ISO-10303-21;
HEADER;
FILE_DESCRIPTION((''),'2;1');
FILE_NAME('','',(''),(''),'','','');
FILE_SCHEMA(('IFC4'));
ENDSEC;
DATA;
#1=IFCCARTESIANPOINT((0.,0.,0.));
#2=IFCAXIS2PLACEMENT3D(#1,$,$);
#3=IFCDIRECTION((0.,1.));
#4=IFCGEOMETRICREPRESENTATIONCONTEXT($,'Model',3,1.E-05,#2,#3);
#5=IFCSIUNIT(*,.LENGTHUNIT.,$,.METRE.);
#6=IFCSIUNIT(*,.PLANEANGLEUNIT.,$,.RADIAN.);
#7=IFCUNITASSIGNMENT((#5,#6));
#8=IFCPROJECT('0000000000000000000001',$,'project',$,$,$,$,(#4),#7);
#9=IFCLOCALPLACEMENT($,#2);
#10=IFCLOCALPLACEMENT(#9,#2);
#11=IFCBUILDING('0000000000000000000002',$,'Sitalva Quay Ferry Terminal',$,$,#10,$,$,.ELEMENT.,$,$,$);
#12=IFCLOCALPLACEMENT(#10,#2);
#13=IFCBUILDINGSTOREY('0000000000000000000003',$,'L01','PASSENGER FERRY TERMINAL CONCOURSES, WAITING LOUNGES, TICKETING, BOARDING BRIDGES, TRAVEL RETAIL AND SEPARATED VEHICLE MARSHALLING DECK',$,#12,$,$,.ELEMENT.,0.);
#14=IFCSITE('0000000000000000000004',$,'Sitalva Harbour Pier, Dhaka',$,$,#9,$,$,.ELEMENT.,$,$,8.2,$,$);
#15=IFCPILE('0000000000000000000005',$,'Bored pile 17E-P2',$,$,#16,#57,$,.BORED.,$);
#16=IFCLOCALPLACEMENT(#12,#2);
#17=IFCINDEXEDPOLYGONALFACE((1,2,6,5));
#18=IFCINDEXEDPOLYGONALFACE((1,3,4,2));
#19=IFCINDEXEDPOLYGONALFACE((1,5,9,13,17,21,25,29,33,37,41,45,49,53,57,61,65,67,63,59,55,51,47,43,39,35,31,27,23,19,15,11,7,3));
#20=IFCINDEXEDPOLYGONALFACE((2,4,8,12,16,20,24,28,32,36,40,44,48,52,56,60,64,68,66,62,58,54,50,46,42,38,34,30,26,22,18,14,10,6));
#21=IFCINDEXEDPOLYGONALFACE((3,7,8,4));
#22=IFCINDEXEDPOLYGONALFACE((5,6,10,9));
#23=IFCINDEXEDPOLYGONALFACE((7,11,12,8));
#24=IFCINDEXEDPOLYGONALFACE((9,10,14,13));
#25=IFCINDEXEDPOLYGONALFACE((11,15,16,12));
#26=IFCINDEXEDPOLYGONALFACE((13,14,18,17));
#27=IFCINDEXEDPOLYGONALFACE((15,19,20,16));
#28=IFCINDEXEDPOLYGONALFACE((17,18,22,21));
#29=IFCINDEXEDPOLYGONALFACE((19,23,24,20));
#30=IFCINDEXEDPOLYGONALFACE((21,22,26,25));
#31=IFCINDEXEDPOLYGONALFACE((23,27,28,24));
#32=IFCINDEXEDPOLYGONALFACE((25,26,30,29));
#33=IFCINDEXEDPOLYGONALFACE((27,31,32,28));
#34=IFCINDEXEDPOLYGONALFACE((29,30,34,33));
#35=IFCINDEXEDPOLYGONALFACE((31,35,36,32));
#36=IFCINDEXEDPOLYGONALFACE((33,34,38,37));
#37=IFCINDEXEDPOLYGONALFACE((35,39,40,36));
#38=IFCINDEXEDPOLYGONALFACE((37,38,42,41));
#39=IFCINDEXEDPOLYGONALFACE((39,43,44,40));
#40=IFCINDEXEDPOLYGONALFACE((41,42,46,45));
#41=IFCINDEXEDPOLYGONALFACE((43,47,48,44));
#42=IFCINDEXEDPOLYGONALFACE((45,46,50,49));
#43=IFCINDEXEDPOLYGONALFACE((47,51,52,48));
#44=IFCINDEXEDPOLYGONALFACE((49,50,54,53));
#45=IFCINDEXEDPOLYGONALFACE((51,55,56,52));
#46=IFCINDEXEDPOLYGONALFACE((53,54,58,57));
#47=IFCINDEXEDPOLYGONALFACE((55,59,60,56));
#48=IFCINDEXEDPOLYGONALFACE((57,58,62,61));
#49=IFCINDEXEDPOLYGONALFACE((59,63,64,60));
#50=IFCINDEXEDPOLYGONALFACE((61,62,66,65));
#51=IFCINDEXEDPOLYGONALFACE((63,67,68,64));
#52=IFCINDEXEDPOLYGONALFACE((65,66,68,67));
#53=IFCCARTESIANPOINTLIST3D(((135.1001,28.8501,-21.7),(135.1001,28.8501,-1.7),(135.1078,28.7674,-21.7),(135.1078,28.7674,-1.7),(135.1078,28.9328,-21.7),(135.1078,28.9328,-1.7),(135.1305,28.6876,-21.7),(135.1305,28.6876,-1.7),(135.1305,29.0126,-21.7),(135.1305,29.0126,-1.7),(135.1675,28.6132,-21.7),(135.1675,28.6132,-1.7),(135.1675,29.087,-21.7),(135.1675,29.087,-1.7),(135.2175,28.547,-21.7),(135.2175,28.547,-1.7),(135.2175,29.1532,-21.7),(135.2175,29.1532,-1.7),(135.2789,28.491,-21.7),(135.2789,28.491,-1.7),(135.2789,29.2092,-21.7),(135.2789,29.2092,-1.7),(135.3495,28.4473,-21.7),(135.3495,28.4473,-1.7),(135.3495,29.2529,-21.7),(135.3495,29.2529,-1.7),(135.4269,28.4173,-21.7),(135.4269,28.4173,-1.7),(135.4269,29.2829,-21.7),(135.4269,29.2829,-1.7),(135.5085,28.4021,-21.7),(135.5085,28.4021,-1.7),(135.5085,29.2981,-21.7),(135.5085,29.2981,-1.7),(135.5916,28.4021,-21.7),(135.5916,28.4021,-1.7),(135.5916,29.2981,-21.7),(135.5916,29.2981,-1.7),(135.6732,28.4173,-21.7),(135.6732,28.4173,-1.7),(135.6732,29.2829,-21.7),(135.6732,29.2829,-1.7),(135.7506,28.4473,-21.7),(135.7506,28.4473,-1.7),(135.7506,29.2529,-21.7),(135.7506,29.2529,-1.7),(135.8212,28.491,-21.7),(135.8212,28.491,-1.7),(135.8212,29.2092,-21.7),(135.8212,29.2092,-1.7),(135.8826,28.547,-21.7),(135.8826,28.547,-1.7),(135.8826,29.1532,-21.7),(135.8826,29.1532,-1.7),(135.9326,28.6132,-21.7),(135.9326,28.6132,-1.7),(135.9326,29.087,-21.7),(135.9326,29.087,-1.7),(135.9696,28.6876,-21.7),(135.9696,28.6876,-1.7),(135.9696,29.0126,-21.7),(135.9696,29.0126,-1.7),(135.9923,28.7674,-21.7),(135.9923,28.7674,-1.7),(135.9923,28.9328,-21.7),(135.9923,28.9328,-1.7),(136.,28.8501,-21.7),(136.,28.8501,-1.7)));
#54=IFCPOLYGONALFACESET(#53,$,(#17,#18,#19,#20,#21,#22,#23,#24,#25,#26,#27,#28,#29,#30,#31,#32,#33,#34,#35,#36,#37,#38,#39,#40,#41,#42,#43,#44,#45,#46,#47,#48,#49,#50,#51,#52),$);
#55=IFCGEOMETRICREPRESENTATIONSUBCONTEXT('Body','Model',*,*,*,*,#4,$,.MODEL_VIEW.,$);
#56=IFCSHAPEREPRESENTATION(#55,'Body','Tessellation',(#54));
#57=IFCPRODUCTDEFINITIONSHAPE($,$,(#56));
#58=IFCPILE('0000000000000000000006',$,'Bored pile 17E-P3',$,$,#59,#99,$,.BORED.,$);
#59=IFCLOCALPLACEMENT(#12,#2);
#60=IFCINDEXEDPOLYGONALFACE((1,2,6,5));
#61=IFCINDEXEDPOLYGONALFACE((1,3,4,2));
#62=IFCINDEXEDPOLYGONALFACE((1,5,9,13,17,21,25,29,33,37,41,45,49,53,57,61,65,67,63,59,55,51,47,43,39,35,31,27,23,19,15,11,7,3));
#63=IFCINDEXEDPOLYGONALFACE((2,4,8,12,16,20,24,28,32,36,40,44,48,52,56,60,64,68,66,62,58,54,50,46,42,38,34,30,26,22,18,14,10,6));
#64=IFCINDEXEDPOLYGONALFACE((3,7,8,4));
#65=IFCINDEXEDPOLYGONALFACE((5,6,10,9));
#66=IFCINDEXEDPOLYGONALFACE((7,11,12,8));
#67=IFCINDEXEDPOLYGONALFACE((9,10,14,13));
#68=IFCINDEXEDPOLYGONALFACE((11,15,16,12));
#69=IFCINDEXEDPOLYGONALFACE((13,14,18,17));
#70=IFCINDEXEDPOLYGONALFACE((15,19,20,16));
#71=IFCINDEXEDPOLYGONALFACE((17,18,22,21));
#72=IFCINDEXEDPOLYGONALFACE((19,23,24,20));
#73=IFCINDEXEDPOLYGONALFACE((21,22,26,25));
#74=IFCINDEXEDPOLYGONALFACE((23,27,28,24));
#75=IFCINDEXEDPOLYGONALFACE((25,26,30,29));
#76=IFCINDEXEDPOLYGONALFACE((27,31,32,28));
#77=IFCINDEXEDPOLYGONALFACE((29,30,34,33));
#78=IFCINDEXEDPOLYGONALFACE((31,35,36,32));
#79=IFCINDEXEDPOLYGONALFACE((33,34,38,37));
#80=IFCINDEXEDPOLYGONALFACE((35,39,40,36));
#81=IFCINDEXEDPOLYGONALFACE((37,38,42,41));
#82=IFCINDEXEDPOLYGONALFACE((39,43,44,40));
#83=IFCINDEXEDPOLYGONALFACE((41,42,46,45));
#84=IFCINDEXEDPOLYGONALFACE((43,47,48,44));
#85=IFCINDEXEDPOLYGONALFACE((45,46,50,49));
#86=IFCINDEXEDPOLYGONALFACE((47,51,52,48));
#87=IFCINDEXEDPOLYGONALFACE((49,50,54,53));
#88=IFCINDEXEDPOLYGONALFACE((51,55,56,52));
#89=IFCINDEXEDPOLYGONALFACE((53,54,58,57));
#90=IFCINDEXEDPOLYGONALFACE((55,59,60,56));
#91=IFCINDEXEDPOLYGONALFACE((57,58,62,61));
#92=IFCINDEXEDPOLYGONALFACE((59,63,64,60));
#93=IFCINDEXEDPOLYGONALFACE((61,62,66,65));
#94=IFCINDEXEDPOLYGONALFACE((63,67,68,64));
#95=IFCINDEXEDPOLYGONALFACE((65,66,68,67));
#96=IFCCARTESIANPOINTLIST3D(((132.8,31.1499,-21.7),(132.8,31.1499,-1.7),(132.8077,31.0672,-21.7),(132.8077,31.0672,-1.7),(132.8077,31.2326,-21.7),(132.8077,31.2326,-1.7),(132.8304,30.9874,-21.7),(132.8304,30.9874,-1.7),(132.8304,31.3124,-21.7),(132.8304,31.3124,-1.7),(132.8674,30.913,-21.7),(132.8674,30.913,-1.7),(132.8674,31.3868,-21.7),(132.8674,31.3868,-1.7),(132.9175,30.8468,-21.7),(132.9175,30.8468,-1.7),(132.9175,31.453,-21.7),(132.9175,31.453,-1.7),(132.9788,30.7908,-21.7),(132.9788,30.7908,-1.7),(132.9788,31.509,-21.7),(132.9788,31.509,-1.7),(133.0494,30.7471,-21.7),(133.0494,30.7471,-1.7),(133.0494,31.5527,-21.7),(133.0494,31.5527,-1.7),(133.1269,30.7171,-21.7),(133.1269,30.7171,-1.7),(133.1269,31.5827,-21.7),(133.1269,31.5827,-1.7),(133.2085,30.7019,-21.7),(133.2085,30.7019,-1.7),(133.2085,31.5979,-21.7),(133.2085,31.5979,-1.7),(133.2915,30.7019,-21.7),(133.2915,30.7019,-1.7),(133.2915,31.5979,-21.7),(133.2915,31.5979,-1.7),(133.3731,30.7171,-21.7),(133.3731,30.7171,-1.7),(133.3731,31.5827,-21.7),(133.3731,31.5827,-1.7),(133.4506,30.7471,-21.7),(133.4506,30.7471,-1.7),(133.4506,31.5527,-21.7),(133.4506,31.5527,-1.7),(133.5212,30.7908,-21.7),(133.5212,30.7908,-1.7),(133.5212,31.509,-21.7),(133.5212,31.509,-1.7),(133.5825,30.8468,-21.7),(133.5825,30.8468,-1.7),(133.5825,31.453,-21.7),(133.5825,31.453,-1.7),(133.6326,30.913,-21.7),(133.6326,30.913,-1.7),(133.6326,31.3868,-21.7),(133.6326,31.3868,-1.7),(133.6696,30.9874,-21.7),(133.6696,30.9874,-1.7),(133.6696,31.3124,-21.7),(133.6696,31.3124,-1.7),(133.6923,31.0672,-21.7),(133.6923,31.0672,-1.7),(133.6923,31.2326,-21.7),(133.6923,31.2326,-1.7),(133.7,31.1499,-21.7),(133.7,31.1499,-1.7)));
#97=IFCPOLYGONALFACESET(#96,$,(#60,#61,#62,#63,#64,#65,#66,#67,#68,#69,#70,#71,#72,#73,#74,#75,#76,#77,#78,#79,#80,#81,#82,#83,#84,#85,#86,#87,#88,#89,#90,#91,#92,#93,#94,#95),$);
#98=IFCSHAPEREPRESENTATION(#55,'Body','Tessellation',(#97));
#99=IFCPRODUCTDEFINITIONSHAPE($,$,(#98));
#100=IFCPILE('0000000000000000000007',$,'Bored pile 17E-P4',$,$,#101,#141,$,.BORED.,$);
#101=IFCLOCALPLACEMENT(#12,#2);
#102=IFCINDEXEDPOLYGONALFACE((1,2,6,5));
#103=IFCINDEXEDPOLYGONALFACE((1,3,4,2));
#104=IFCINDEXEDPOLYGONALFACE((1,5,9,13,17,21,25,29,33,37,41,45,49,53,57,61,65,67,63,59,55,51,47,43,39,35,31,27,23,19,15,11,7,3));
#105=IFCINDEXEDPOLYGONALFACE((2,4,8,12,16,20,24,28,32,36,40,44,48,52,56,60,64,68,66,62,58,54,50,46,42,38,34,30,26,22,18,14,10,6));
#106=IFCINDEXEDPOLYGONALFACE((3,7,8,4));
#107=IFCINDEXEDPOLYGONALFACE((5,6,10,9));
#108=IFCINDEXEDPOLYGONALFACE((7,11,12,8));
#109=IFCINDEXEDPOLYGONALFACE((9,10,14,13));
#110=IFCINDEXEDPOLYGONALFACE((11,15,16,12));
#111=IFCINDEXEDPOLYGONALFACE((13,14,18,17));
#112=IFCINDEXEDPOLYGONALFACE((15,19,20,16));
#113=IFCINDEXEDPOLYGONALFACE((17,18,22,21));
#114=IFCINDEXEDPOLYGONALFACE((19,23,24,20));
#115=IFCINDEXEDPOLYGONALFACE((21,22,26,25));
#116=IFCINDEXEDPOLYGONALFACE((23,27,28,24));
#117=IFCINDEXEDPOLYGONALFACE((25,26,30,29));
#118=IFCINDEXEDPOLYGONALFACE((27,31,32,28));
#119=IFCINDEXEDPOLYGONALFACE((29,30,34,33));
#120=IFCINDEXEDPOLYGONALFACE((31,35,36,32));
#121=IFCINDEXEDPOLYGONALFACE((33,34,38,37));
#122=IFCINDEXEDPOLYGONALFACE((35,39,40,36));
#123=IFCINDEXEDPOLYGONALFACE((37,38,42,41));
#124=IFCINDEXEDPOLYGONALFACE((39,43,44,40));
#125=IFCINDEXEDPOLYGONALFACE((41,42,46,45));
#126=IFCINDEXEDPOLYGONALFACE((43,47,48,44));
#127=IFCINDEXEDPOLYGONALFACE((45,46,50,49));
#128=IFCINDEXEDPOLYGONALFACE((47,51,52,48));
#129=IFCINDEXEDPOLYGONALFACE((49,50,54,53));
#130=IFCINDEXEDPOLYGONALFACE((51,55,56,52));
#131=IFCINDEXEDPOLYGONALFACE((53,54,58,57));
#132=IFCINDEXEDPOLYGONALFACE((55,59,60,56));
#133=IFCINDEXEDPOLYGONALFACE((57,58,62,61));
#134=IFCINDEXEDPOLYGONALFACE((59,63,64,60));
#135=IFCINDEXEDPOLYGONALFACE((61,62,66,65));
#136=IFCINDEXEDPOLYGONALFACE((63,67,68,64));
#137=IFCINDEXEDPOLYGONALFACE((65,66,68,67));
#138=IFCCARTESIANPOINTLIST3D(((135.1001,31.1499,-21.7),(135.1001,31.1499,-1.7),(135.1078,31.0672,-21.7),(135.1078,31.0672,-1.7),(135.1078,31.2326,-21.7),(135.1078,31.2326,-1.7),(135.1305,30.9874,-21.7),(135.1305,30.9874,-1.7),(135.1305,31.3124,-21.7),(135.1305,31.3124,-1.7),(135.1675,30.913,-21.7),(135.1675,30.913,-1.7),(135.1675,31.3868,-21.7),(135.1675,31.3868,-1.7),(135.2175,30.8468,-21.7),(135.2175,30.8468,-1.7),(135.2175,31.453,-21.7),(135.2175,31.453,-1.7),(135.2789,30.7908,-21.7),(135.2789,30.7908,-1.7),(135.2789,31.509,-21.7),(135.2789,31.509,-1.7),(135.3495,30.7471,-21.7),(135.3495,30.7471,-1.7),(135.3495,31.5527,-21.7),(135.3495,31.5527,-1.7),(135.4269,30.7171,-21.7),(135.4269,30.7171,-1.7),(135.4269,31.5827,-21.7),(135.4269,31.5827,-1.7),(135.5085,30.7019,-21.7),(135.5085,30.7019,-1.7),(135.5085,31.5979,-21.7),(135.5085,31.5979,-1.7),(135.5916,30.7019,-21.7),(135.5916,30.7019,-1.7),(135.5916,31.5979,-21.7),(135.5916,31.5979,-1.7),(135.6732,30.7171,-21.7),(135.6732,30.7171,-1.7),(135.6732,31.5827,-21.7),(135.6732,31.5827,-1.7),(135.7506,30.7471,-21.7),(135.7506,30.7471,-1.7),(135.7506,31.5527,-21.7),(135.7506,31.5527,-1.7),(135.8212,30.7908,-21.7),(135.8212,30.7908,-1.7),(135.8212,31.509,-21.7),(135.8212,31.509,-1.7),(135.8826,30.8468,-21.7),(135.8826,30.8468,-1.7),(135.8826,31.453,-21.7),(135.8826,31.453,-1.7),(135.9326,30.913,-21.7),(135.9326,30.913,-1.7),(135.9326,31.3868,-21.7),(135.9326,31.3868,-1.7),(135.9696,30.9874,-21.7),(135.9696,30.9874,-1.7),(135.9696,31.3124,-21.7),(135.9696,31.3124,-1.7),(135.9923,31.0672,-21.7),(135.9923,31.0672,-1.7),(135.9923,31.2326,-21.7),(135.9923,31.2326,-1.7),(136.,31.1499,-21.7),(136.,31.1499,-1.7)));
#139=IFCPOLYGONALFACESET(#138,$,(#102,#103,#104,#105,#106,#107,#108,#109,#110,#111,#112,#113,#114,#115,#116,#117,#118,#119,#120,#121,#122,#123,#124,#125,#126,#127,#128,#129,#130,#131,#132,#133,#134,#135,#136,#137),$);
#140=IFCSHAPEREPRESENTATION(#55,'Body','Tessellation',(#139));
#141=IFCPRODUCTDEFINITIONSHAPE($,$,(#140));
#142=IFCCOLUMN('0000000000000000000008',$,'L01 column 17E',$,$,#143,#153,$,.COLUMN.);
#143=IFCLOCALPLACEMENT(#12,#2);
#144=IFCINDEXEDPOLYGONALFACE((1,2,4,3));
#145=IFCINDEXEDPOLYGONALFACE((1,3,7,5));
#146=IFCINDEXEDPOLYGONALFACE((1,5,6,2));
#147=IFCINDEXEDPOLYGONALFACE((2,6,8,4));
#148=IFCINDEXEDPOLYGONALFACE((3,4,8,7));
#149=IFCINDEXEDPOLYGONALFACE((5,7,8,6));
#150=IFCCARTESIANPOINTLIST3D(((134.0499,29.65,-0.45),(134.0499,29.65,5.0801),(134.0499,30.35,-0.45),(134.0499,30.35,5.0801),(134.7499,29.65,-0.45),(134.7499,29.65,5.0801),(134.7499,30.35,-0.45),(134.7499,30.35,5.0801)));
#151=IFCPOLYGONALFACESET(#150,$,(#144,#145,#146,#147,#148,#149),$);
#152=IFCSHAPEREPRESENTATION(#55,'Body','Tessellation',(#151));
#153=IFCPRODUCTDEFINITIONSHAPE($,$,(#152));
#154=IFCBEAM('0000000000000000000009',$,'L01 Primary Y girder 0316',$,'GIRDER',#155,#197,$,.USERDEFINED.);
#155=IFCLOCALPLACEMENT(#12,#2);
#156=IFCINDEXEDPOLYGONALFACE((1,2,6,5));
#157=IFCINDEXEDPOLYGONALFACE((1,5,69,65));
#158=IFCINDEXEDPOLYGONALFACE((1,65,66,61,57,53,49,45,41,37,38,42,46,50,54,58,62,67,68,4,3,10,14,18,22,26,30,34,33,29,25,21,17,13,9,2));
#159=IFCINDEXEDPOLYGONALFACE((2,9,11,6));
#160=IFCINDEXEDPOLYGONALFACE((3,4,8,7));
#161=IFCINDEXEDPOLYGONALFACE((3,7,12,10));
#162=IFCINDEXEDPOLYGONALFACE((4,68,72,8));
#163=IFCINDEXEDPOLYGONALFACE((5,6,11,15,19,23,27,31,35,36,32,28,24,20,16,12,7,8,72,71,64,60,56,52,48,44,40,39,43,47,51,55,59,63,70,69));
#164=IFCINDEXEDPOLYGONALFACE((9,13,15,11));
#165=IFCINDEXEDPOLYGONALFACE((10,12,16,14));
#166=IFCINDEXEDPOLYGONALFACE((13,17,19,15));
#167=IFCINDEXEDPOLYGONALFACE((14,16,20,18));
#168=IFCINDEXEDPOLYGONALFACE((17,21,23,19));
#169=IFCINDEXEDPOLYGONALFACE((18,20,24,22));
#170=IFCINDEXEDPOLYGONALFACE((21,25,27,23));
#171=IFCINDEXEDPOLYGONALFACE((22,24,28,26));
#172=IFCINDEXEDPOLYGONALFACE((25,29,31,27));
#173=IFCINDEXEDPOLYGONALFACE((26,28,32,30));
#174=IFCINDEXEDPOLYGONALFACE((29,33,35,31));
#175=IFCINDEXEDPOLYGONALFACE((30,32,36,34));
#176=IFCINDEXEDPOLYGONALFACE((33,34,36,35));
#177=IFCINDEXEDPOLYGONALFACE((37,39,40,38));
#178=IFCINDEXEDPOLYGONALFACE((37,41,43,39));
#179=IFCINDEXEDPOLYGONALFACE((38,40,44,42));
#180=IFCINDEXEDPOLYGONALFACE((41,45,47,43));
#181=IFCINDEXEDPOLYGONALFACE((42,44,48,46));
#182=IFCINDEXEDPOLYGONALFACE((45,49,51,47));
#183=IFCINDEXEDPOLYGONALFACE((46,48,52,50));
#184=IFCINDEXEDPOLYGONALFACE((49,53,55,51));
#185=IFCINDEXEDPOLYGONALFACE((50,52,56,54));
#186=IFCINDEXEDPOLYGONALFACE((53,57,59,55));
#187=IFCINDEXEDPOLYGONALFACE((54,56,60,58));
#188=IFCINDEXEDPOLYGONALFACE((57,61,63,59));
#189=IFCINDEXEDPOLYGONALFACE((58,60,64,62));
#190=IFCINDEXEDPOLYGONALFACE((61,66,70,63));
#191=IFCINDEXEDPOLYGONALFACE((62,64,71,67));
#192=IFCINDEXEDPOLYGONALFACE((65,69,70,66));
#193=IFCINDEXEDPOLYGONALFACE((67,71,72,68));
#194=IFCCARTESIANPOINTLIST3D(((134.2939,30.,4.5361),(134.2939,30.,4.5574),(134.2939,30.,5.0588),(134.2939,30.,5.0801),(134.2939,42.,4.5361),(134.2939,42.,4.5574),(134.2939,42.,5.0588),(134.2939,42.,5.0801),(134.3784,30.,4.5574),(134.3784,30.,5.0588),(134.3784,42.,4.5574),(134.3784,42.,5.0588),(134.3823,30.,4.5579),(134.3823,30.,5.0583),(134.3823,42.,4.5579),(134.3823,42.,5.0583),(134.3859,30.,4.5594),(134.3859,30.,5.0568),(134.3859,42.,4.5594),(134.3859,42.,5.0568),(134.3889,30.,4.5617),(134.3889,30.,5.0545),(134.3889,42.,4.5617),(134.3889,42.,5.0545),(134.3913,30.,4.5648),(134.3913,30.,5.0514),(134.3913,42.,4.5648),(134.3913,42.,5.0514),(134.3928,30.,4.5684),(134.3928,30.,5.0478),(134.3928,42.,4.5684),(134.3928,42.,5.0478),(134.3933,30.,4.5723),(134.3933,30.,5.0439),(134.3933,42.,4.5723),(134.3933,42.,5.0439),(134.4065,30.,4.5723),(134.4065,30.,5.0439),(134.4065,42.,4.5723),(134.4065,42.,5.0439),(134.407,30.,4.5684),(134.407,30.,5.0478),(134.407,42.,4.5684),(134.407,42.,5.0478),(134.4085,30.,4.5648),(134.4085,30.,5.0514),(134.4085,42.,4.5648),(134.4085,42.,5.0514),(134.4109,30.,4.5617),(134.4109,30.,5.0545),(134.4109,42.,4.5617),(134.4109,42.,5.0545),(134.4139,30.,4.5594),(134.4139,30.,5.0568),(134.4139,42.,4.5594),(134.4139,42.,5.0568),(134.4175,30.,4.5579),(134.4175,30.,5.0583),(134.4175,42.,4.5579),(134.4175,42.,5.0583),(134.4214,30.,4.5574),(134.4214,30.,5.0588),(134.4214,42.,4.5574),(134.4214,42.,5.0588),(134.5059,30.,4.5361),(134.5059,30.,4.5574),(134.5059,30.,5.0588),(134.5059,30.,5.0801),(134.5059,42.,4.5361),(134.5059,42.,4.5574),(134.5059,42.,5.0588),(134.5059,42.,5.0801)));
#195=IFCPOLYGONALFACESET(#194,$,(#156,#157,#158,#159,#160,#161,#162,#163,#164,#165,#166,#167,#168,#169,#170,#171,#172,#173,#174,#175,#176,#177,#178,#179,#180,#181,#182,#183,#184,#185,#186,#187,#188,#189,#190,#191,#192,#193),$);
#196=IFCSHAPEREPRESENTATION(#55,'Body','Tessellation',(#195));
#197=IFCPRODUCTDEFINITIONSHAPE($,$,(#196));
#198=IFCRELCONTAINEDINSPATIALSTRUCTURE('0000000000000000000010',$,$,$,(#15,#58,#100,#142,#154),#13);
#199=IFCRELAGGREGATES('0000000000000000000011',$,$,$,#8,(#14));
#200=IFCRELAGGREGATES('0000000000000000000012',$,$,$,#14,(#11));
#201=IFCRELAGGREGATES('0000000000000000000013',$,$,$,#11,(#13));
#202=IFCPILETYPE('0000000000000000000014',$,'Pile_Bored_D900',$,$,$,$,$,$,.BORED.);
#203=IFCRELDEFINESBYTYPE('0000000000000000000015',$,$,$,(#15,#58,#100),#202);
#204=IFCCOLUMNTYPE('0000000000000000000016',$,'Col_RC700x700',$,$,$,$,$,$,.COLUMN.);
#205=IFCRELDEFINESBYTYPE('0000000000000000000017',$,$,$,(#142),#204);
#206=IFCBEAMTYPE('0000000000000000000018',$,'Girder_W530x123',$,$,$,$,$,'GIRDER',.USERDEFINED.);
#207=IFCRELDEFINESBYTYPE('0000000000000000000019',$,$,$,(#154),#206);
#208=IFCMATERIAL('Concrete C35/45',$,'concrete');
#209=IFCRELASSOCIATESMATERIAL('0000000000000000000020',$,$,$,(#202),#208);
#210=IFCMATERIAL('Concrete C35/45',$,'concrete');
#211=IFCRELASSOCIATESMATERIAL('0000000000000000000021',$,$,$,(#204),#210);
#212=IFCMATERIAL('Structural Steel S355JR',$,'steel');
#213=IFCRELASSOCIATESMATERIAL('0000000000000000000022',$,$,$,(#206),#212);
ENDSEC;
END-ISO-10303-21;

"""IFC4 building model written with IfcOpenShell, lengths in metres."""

from ifc_helpers import new_model, si_unit, direction, frame, origin, origin_2d, place, context, subcontext, project, spatial, rectangle, circle, i_section, extrude, material, material_profile, profile_set, type_object, element, save


model = new_model("IFC4")

# Units and contexts
model_context = context("Model", 3, precision=1e-05, world=origin(), true_north=direction((0.0, 1.0)))
body_context = subcontext(model_context, "Body", "Model", "MODEL_VIEW")
ifc_project = project(units=[si_unit("LENGTHUNIT", "METRE"), si_unit("PLANEANGLEUNIT", "RADIAN")], contexts=[model_context])

# Site, building, storey
site_placement = place(None, origin())
site = spatial("IfcSite", under=ifc_project, at=site_placement, Name="Sitalva Harbour Pier, Dhaka", CompositionType="ELEMENT", RefElevation=8.2)
building_placement = place(site_placement, origin())
building = spatial("IfcBuilding", under=site, at=building_placement, Name="Sitalva Quay Ferry Terminal", CompositionType="ELEMENT")
storey_placement = place(building_placement, origin())
storey = spatial("IfcBuildingStorey", under=building, at=storey_placement, Name="L01", Description="PASSENGER FERRY TERMINAL CONCOURSES, WAITING LOUNGES, TICKETING, BOARDING BRIDGES, TRAVEL RETAIL AND SEPARATED VEHICLE MARSHALLING DECK", CompositionType="ELEMENT", Elevation=0.0)

# Piles
ifc_material_1 = material(Name="Concrete C35/45", Category="concrete")
ifc_material_profile_1 = material_profile(ifc_material_1, circle(Radius=0.45, at=origin_2d()), Name="PILE-D900")
ifc_profile_set_1 = profile_set([ifc_material_profile_1], Name="Concrete C35/45")
pile_type_1 = type_object("IfcPileType", Name="Pile_Bored_D900", PredefinedType="BORED", material=ifc_profile_set_1)
for number, where, z_axis, x_axis, name in (
    (1, (135.55, 28.8501, -1.7), (0.0, 0.0, -1.0), (1.0, 0.0, 0.0), "Bored pile 17E-P2"),
    (2, (133.25, 31.1499, -1.7), (0.0, 0.0, -1.0), (1.0, 0.0, 0.0), "Bored pile 17E-P3"),
    (3, (135.55, 31.1499, -1.7), (0.0, 0.0, -1.0), (1.0, 0.0, 0.0), "Bored pile 17E-P4"),
):
    element("IfcPile", number, at=place(storey_placement, frame(where, z_axis=z_axis, x_axis=x_axis)), inside=storey, type_object=pile_type_1, Name=name, PredefinedType="BORED", context=body_context, shape_type="SweptSolid", body=[
        extrude(circle(Radius=0.45, at=origin_2d()), origin(), (0.0, 0.0, 1.0), 20.0),
    ])

# Column
ifc_material_2 = material(Name="Concrete C35/45", Category="concrete")
ifc_material_profile_2 = material_profile(ifc_material_2, rectangle(XDim=0.7, YDim=0.7, at=origin_2d()), Name="RC700x700")
ifc_profile_set_2 = profile_set([ifc_material_profile_2], Name="Concrete C35/45")
column_type = type_object("IfcColumnType", Name="Col_RC700x700", PredefinedType="COLUMN", material=ifc_profile_set_2)
column_placement = place(storey_placement, frame((134.3999, 30.0, -0.45), z_axis=(0.0, 0.0, 1.0), x_axis=(1.0, 0.0, 0.0)))
element("IfcColumn", 4, at=column_placement, inside=storey, type_object=column_type, Name="L01 column 17E", PredefinedType="COLUMN", context=body_context, shape_type="SweptSolid", body=[
    extrude(rectangle(XDim=0.7, YDim=0.7, at=origin_2d()), origin(), (0.0, 0.0, 1.0), 5.53),
])

# Beam
ifc_material_3 = material(Name="Structural Steel S355JR", Category="steel")
ifc_material_profile_3 = material_profile(ifc_material_3, i_section(OverallWidth=0.2119, OverallDepth=0.5439, WebThickness=0.0132, FlangeThickness=0.0212, FilletRadius=0.0149, at=origin_2d()), Name="W530x123")
ifc_profile_set_3 = profile_set([ifc_material_profile_3], Name="Structural Steel S355JR")
beam_type_1 = type_object("IfcBeamType", Name="Girder_W530x123", ElementType="GIRDER", PredefinedType="USERDEFINED", material=ifc_profile_set_3)
beam_1_placement = place(storey_placement, frame((134.3999, 30.0, 4.8081), z_axis=(0.0, 1.0, 0.0), x_axis=(-1.0, 0.0, 0.0)))
element("IfcBeam", 5, at=beam_1_placement, inside=storey, type_object=beam_type_1, Name="L01 Primary Y girder 0316", ObjectType="GIRDER", PredefinedType="USERDEFINED", context=body_context, shape_type="SweptSolid", body=[
    extrude(i_section(OverallWidth=0.2119, OverallDepth=0.5439, WebThickness=0.0132, FlangeThickness=0.0212, FilletRadius=0.0149, at=origin_2d()), origin(), (0.0, 0.0, 1.0), 12.0),
])

save(model, "model.ifc")
